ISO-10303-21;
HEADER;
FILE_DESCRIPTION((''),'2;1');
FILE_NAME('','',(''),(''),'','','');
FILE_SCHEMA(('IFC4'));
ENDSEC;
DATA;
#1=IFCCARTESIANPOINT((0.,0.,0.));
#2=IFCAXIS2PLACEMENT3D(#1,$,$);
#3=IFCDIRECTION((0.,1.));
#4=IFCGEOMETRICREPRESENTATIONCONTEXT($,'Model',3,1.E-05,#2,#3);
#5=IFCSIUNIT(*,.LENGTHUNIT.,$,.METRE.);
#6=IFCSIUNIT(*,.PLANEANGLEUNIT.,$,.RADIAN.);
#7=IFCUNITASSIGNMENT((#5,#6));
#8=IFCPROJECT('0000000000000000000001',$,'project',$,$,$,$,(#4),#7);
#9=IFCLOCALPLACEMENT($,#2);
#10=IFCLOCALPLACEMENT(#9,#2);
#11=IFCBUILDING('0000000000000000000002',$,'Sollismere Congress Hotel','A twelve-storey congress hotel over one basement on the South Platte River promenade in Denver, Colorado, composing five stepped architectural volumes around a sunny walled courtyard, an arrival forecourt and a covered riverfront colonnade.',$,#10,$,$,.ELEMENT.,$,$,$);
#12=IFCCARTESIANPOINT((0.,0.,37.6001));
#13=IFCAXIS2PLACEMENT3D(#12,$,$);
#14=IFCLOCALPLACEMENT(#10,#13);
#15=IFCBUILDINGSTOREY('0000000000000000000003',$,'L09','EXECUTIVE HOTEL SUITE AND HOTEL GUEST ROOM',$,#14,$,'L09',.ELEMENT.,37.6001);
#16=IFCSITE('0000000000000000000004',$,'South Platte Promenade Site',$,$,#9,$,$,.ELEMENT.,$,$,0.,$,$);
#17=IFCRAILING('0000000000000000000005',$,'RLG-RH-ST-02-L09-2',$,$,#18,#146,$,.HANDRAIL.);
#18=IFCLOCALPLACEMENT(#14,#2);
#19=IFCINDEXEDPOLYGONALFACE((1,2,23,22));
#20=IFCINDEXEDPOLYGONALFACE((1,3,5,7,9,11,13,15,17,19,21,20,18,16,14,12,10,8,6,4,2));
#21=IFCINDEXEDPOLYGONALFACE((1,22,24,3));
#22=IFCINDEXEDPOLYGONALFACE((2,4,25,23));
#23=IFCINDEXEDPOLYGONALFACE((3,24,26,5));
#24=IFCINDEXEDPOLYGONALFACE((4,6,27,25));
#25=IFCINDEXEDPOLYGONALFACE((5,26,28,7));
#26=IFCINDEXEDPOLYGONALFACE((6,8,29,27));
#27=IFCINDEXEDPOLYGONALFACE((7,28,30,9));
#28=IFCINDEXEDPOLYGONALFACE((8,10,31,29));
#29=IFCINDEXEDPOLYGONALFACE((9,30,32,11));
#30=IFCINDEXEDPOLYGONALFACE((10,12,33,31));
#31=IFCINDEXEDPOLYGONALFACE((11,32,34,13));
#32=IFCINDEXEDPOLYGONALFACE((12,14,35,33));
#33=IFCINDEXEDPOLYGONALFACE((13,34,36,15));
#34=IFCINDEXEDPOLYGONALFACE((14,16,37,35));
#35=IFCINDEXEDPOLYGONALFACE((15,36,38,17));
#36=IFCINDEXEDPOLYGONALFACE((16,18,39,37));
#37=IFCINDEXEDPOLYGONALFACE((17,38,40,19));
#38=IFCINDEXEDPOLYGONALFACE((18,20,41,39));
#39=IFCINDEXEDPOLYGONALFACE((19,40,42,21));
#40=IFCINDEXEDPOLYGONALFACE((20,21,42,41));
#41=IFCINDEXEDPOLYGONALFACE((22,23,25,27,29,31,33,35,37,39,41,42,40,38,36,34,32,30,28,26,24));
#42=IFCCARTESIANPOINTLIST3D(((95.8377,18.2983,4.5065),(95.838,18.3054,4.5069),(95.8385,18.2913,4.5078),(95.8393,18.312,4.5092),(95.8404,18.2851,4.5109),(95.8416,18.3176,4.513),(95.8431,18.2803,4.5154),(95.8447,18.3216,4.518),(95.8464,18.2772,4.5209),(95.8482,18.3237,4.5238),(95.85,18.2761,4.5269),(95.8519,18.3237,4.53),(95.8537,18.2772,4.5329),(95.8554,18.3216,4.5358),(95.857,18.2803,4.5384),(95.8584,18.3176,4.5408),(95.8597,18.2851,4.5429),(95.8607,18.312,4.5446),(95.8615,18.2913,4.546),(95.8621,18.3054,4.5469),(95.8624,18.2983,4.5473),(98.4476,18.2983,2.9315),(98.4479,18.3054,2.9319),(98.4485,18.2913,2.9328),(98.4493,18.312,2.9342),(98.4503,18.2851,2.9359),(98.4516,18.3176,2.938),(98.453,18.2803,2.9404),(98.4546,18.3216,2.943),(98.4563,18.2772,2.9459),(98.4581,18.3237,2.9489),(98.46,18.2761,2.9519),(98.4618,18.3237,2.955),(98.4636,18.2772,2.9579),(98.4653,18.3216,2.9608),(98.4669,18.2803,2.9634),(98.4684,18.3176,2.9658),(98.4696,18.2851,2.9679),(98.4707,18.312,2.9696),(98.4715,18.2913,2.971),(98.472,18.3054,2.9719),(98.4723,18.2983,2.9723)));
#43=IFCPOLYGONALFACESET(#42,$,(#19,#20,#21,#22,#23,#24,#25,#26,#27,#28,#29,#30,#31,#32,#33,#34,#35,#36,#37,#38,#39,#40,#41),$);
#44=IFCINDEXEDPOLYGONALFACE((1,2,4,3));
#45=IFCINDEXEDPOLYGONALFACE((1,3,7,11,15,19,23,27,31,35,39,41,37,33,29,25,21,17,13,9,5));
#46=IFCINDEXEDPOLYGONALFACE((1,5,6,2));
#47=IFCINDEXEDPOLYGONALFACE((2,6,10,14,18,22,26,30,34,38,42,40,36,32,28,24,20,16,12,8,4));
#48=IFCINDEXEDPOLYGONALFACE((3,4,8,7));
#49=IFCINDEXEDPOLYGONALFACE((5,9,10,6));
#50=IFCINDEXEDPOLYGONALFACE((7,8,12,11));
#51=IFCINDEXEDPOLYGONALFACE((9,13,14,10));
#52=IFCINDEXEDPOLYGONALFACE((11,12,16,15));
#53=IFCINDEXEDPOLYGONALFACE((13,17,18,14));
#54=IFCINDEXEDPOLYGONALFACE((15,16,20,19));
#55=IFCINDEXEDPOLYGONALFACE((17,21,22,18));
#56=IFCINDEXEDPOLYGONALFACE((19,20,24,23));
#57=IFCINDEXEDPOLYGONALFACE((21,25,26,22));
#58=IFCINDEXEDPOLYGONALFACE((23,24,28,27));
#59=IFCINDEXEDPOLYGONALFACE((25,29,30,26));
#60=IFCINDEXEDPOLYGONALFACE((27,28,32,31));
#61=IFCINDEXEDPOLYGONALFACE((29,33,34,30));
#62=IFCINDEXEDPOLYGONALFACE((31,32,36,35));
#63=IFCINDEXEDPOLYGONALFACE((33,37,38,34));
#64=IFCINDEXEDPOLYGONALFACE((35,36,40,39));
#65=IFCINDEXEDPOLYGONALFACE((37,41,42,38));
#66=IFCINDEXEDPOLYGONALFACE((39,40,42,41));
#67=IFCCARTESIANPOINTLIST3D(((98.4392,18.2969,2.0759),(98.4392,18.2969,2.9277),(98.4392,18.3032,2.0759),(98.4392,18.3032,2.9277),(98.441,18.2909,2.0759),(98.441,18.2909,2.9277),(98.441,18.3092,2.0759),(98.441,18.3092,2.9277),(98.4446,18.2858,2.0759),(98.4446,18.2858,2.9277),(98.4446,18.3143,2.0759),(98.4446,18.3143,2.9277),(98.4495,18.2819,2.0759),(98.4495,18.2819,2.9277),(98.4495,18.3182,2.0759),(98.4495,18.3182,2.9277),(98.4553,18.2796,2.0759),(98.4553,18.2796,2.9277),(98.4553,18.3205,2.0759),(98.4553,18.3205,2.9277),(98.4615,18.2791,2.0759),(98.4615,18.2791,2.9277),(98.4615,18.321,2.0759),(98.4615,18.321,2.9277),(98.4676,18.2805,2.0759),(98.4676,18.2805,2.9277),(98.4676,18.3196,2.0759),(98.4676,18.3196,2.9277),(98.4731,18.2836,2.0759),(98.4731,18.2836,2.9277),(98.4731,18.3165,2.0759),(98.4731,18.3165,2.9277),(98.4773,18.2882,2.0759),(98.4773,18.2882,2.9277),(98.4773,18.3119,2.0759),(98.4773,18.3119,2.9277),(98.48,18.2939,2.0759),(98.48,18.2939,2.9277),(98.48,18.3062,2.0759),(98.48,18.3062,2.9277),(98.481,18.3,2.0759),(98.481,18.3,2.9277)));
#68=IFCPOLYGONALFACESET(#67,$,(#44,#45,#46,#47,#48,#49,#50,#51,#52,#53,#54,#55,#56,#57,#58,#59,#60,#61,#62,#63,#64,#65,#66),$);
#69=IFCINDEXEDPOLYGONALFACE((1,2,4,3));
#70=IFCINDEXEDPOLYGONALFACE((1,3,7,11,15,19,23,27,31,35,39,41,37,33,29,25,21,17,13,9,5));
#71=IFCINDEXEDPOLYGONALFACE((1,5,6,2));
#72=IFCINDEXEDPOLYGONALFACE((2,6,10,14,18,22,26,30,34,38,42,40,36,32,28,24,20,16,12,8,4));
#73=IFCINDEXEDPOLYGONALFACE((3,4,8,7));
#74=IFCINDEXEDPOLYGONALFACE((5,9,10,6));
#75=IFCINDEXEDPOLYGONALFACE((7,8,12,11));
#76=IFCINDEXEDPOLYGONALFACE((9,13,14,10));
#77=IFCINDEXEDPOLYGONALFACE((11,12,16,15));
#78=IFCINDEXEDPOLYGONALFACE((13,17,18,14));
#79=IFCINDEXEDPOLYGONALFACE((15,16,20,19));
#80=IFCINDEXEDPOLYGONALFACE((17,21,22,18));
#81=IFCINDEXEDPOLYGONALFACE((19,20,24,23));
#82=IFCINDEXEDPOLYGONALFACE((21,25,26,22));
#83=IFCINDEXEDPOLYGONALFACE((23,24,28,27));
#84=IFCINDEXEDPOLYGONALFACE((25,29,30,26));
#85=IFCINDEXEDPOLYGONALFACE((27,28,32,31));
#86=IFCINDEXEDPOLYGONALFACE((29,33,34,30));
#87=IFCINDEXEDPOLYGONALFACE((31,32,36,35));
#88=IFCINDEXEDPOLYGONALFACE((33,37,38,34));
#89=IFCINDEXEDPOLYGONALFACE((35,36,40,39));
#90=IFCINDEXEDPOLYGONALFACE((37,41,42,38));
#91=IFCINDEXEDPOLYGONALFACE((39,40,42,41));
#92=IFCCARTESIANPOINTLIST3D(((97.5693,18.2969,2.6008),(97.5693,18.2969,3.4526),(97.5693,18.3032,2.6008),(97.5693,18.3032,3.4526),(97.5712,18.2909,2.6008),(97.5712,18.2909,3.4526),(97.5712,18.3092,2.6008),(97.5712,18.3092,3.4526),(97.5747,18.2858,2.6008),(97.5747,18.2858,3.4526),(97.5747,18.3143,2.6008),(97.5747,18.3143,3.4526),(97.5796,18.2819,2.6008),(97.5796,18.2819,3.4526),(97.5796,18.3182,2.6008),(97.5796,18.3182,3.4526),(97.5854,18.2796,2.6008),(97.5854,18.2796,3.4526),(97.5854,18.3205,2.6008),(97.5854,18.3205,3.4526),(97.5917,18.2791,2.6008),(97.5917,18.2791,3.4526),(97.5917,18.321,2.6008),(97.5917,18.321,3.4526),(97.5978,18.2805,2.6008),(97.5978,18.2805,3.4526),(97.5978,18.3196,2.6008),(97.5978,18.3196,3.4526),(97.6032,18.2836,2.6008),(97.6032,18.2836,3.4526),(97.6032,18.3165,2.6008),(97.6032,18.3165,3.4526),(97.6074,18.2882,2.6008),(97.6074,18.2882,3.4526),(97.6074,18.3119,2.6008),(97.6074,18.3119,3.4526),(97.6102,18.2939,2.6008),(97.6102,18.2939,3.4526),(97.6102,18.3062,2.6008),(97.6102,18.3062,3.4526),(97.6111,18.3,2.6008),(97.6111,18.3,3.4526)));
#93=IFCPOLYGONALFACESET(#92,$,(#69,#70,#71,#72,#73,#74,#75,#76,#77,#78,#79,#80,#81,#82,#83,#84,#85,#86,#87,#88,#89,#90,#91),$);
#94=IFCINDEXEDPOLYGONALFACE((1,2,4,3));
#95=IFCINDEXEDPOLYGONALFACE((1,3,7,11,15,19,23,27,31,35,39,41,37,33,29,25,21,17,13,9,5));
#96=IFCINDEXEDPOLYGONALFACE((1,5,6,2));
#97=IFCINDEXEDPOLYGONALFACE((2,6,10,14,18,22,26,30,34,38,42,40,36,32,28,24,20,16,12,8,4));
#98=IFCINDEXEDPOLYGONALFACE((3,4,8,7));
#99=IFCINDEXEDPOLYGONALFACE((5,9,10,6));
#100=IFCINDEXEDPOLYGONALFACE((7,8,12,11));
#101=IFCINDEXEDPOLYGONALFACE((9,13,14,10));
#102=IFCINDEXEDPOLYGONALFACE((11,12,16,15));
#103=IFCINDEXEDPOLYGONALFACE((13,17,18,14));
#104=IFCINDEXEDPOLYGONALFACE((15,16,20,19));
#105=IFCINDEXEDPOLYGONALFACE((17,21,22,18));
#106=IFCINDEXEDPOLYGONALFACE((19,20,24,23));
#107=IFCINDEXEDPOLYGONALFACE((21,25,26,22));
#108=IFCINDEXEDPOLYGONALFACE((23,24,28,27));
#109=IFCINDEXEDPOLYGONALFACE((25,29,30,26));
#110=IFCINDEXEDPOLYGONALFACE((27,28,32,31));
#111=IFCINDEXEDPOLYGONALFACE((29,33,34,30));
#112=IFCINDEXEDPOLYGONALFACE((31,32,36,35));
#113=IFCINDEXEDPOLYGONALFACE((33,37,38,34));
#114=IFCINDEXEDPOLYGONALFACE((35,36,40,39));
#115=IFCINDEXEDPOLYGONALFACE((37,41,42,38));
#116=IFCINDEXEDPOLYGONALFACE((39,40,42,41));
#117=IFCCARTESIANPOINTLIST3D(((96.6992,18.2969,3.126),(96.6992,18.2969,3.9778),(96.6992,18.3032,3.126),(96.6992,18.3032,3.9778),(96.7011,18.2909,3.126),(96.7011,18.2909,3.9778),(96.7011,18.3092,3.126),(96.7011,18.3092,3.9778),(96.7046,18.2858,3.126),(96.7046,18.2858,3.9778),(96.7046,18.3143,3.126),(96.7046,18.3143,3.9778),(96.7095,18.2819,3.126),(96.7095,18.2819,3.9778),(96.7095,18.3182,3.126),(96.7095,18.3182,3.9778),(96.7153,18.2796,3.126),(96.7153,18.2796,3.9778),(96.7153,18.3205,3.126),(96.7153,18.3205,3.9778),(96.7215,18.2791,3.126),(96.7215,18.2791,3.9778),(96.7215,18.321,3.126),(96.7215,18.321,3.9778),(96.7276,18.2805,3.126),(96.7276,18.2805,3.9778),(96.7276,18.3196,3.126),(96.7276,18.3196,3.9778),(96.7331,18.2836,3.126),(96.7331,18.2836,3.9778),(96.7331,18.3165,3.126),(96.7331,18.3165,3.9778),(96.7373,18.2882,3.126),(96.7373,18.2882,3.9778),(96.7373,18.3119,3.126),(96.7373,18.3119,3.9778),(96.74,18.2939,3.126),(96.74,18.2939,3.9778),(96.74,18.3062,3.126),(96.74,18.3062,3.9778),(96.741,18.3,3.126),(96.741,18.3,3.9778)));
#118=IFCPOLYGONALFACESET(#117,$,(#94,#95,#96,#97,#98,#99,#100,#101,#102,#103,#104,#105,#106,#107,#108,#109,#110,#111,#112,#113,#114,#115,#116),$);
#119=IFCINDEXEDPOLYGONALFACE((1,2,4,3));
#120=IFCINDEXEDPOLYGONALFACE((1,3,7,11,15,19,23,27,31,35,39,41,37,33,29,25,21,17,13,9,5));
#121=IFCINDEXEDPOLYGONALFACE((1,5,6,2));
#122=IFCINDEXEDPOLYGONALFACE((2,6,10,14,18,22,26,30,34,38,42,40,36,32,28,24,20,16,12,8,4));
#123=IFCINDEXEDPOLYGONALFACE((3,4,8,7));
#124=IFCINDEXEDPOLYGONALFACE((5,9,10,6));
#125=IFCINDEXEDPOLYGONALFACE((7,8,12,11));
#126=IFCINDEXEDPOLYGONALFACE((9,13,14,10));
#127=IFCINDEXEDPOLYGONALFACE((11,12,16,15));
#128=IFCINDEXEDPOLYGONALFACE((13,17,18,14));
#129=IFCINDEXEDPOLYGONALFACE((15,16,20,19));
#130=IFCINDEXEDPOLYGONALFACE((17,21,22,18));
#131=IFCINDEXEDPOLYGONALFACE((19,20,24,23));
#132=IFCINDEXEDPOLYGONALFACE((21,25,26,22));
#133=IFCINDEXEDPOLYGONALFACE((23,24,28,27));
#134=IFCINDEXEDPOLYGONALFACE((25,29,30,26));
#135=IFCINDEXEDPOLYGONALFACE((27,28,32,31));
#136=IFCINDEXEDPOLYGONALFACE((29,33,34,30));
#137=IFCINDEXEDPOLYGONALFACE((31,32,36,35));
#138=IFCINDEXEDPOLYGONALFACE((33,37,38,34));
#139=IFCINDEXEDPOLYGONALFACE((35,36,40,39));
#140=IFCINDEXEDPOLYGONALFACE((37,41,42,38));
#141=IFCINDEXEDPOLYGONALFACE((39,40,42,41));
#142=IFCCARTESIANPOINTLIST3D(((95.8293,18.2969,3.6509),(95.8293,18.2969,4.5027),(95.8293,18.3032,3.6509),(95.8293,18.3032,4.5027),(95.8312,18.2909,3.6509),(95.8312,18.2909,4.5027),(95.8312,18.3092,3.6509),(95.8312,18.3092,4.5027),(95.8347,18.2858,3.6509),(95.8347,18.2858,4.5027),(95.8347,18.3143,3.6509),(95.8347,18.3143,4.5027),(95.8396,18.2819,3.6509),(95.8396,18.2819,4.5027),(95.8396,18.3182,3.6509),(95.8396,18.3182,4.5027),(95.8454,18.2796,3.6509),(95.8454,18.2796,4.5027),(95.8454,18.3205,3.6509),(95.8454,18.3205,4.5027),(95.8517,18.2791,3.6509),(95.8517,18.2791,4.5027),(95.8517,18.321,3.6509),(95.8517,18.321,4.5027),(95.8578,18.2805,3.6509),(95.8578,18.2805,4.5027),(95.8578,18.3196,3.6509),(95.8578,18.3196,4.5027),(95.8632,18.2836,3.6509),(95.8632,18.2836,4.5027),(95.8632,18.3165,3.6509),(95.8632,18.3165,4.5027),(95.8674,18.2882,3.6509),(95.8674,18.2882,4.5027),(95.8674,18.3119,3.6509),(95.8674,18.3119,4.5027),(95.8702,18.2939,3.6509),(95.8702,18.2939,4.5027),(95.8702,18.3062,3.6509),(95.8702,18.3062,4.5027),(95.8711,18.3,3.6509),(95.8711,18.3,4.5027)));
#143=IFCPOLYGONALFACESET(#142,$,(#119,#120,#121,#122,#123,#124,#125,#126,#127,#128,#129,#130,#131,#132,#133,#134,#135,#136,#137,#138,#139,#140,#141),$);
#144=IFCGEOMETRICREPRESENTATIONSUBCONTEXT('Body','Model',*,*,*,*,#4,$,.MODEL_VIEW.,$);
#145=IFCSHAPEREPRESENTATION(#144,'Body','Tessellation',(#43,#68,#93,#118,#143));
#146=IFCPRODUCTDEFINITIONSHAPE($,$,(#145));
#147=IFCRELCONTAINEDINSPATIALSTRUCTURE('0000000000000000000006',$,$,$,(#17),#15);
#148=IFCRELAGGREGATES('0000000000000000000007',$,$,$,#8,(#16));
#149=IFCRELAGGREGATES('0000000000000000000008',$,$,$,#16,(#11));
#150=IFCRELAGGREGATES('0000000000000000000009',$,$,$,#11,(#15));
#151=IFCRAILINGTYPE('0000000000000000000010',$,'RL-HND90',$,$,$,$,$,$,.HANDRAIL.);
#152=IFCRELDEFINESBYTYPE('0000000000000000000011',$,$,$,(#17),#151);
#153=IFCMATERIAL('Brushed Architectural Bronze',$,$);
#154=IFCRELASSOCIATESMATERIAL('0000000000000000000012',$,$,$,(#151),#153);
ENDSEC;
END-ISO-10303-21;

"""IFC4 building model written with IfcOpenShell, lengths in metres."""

from ifc_helpers import new_model, si_unit, direction, frame, origin, origin_2d, place, context, subcontext, project, spatial, circle, extrude, material, type_object, element, save


model = new_model("IFC4")

# Units and contexts
model_context = context("Model", 3, precision=1e-05, world=origin(), true_north=direction((0.0, 1.0)))
body_context = subcontext(model_context, "Body", "Model", "MODEL_VIEW")
ifc_project = project(units=[si_unit("LENGTHUNIT", "METRE"), si_unit("PLANEANGLEUNIT", "RADIAN")], contexts=[model_context])

# Site, building, storey
site_placement = place(None, origin())
site = spatial("IfcSite", under=ifc_project, at=site_placement, Name="South Platte Promenade Site", CompositionType="ELEMENT", RefElevation=0.0)
building_placement = place(site_placement, origin())
building = spatial("IfcBuilding", under=site, at=building_placement, Name="Sollismere Congress Hotel", Description="A twelve-storey congress hotel over one basement on the South Platte River promenade in Denver, Colorado, composing five stepped architectural volumes around a sunny walled courtyard, an arrival forecourt and a covered riverfront colonnade.", CompositionType="ELEMENT")
storey_placement = place(building_placement, frame((0.0, 0.0, 37.6001)))
storey = spatial("IfcBuildingStorey", under=building, at=storey_placement, Name="L09", Description="EXECUTIVE HOTEL SUITE AND HOTEL GUEST ROOM", LongName="L09", CompositionType="ELEMENT", Elevation=37.6001)

# Railing
ifc_material_1 = material(Name="Brushed Architectural Bronze")
railing_type_1 = type_object("IfcRailingType", Name="RL-HND90", PredefinedType="HANDRAIL", material=ifc_material_1)
railing_1_placement = place(storey_placement, frame((98.46, 18.3, 2.0759)))
element("IfcRailing", 1, at=railing_1_placement, inside=storey, type_object=railing_type_1, Name="RLG-RH-ST-02-L09-2", PredefinedType="HANDRAIL", context=body_context, shape_type="SweptSolid", body=[
    extrude(circle(Radius=0.0239, at=origin_2d()), frame((0.0, 0.0, 0.876), z_axis=(-0.856183, 0.0, 0.516673), x_axis=(0.0, -1.0, 0.0)), (0.0, 0.0, 1.0), 3.0483),
    extrude(circle(Radius=0.021, at=origin_2d()), origin(), (0.0, 0.0, 1.0), 0.8518),
    extrude(circle(Radius=0.021, at=origin_2d()), frame((-0.8699, 0.0, 0.5249)), (0.0, 0.0, 1.0), 0.8518),
    extrude(circle(Radius=0.021, at=origin_2d()), frame((-1.74, 0.0, 1.05)), (0.0, 0.0, 1.0), 0.8518),
    extrude(circle(Radius=0.021, at=origin_2d()), frame((-2.6099, 0.0, 1.575)), (0.0, 0.0, 1.0), 0.8518),
])

save(model, "model.ifc")
